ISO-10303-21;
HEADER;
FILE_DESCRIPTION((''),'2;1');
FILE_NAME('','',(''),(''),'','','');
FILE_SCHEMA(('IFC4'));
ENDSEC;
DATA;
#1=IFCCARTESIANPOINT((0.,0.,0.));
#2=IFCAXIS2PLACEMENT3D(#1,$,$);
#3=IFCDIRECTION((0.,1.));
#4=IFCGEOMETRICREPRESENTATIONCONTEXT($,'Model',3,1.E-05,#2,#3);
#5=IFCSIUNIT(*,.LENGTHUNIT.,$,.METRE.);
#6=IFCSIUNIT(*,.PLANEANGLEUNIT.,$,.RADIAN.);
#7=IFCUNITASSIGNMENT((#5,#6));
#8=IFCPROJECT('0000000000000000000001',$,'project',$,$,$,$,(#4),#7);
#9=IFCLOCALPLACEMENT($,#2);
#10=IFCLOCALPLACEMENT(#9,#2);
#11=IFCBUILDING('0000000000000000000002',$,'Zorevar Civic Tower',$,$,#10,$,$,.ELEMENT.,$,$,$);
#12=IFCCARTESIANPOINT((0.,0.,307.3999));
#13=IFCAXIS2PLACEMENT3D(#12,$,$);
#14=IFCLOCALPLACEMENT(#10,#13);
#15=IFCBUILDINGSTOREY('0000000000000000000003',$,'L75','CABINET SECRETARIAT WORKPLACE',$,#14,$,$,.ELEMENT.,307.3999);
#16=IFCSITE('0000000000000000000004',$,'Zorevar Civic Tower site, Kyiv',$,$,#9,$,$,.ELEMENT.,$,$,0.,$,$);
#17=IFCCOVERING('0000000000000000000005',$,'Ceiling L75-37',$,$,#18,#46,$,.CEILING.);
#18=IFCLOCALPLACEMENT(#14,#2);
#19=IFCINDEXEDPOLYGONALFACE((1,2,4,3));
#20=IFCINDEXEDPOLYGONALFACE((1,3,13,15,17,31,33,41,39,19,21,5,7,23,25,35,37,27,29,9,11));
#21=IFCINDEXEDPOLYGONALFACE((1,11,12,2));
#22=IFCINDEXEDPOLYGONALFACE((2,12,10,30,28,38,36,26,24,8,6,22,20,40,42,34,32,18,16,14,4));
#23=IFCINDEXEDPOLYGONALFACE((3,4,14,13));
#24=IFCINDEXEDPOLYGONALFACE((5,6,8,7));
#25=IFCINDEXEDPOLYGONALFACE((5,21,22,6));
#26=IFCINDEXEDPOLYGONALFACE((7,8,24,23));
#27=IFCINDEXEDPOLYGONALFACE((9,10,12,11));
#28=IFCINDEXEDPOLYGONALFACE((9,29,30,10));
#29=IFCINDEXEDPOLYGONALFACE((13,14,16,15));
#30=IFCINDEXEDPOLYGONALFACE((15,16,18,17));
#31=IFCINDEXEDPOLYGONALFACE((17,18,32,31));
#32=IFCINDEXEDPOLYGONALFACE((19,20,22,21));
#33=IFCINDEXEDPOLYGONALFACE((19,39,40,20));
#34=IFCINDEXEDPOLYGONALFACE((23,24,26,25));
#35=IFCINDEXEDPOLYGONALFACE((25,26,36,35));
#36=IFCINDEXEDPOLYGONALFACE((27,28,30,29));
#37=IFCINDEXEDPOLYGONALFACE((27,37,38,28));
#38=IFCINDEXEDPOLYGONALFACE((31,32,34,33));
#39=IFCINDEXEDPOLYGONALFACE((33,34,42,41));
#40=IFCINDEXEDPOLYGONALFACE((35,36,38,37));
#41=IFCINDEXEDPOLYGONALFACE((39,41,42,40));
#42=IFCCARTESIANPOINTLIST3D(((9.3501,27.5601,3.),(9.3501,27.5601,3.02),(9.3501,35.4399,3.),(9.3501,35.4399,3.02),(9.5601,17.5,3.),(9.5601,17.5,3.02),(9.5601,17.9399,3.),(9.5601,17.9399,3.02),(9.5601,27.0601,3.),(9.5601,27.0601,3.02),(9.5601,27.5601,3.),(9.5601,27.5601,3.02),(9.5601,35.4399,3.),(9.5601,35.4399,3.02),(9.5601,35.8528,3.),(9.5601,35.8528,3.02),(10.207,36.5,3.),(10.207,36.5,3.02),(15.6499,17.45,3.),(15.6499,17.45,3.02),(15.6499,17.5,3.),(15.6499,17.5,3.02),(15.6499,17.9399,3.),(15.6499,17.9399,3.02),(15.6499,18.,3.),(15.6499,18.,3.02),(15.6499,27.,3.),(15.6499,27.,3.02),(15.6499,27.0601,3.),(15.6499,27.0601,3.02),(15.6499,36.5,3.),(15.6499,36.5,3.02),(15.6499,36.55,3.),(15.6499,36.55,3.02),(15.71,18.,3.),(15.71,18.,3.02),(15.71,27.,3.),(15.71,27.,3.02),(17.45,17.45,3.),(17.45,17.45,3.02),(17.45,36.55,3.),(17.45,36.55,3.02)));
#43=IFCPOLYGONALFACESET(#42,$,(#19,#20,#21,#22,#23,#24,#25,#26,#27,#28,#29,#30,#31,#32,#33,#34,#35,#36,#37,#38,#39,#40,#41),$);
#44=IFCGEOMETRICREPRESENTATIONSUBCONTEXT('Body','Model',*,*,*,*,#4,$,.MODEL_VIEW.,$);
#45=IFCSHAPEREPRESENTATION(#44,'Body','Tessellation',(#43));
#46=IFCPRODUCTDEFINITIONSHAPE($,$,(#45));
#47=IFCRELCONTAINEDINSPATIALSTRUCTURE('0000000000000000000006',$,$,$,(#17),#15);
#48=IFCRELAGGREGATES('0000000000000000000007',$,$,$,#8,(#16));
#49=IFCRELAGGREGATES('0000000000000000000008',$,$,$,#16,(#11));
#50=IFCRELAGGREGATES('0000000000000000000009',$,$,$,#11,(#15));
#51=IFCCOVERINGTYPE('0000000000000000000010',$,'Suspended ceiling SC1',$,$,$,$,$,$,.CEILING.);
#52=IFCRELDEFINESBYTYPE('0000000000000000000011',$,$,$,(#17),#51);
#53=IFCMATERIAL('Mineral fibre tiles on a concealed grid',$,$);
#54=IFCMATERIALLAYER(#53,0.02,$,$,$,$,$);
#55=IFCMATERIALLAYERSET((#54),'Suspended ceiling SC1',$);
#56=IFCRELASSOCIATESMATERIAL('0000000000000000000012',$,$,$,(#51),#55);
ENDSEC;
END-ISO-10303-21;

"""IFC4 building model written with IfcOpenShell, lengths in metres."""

from ifc_helpers import new_model, si_unit, direction, frame, origin, place, context, subcontext, project, spatial, polyline, outline, extrude, material, layer, layer_set, type_object, element, save


model = new_model("IFC4")

# Units and contexts
model_context = context("Model", 3, precision=1e-05, world=origin(), true_north=direction((0.0, 1.0)))
body_context = subcontext(model_context, "Body", "Model", "MODEL_VIEW")
ifc_project = project(units=[si_unit("LENGTHUNIT", "METRE"), si_unit("PLANEANGLEUNIT", "RADIAN")], contexts=[model_context])

# Site, building, storey
site_placement = place(None, origin())
site = spatial("IfcSite", under=ifc_project, at=site_placement, Name="Zorevar Civic Tower site, Kyiv", CompositionType="ELEMENT", RefElevation=0.0)
building_placement = place(site_placement, origin())
building = spatial("IfcBuilding", under=site, at=building_placement, Name="Zorevar Civic Tower", CompositionType="ELEMENT")
storey_placement = place(building_placement, frame((0.0, 0.0, 307.3999)))
storey = spatial("IfcBuildingStorey", under=building, at=storey_placement, Name="L75", Description="CABINET SECRETARIAT WORKPLACE", CompositionType="ELEMENT", Elevation=307.3999)

# Covering
ifc_material_1 = material(Name="Mineral fibre tiles on a concealed grid")
ifc_layer_1 = layer(ifc_material_1, 0.02)
ifc_layer_set_1 = layer_set([ifc_layer_1], Name="Suspended ceiling SC1")
covering_type_1 = type_object("IfcCoveringType", Name="Suspended ceiling SC1", PredefinedType="CEILING", material=ifc_layer_set_1)
covering_1_placement = place(storey_placement, frame((0.0, 0.0, 3.0)))
element("IfcCovering", 1, at=covering_1_placement, inside=storey, type_object=covering_type_1, Name="Ceiling L75-37", PredefinedType="CEILING", context=body_context, shape_type="SweptSolid", body=[
    extrude(outline(polyline([(9.5601, 27.5601), (9.3501, 27.5601), (9.3501, 35.4399), (9.5601, 35.4399), (9.5601, 35.8528), (10.207, 36.5), (15.6499, 36.5), (15.6499, 36.55), (17.45, 36.55), (17.45, 17.45), (15.6499, 17.45), (15.6499, 17.5), (9.5601, 17.5), (9.5601, 17.9399), (15.6499, 17.9399), (15.6499, 18.0), (15.71, 18.0), (15.71, 27.0), (15.6499, 27.0), (15.6499, 27.0601), (9.5601, 27.0601), (9.5601, 27.5601)])), origin(), (0.0, 0.0, 1.0), 0.02),
])

save(model, "model.ifc")
